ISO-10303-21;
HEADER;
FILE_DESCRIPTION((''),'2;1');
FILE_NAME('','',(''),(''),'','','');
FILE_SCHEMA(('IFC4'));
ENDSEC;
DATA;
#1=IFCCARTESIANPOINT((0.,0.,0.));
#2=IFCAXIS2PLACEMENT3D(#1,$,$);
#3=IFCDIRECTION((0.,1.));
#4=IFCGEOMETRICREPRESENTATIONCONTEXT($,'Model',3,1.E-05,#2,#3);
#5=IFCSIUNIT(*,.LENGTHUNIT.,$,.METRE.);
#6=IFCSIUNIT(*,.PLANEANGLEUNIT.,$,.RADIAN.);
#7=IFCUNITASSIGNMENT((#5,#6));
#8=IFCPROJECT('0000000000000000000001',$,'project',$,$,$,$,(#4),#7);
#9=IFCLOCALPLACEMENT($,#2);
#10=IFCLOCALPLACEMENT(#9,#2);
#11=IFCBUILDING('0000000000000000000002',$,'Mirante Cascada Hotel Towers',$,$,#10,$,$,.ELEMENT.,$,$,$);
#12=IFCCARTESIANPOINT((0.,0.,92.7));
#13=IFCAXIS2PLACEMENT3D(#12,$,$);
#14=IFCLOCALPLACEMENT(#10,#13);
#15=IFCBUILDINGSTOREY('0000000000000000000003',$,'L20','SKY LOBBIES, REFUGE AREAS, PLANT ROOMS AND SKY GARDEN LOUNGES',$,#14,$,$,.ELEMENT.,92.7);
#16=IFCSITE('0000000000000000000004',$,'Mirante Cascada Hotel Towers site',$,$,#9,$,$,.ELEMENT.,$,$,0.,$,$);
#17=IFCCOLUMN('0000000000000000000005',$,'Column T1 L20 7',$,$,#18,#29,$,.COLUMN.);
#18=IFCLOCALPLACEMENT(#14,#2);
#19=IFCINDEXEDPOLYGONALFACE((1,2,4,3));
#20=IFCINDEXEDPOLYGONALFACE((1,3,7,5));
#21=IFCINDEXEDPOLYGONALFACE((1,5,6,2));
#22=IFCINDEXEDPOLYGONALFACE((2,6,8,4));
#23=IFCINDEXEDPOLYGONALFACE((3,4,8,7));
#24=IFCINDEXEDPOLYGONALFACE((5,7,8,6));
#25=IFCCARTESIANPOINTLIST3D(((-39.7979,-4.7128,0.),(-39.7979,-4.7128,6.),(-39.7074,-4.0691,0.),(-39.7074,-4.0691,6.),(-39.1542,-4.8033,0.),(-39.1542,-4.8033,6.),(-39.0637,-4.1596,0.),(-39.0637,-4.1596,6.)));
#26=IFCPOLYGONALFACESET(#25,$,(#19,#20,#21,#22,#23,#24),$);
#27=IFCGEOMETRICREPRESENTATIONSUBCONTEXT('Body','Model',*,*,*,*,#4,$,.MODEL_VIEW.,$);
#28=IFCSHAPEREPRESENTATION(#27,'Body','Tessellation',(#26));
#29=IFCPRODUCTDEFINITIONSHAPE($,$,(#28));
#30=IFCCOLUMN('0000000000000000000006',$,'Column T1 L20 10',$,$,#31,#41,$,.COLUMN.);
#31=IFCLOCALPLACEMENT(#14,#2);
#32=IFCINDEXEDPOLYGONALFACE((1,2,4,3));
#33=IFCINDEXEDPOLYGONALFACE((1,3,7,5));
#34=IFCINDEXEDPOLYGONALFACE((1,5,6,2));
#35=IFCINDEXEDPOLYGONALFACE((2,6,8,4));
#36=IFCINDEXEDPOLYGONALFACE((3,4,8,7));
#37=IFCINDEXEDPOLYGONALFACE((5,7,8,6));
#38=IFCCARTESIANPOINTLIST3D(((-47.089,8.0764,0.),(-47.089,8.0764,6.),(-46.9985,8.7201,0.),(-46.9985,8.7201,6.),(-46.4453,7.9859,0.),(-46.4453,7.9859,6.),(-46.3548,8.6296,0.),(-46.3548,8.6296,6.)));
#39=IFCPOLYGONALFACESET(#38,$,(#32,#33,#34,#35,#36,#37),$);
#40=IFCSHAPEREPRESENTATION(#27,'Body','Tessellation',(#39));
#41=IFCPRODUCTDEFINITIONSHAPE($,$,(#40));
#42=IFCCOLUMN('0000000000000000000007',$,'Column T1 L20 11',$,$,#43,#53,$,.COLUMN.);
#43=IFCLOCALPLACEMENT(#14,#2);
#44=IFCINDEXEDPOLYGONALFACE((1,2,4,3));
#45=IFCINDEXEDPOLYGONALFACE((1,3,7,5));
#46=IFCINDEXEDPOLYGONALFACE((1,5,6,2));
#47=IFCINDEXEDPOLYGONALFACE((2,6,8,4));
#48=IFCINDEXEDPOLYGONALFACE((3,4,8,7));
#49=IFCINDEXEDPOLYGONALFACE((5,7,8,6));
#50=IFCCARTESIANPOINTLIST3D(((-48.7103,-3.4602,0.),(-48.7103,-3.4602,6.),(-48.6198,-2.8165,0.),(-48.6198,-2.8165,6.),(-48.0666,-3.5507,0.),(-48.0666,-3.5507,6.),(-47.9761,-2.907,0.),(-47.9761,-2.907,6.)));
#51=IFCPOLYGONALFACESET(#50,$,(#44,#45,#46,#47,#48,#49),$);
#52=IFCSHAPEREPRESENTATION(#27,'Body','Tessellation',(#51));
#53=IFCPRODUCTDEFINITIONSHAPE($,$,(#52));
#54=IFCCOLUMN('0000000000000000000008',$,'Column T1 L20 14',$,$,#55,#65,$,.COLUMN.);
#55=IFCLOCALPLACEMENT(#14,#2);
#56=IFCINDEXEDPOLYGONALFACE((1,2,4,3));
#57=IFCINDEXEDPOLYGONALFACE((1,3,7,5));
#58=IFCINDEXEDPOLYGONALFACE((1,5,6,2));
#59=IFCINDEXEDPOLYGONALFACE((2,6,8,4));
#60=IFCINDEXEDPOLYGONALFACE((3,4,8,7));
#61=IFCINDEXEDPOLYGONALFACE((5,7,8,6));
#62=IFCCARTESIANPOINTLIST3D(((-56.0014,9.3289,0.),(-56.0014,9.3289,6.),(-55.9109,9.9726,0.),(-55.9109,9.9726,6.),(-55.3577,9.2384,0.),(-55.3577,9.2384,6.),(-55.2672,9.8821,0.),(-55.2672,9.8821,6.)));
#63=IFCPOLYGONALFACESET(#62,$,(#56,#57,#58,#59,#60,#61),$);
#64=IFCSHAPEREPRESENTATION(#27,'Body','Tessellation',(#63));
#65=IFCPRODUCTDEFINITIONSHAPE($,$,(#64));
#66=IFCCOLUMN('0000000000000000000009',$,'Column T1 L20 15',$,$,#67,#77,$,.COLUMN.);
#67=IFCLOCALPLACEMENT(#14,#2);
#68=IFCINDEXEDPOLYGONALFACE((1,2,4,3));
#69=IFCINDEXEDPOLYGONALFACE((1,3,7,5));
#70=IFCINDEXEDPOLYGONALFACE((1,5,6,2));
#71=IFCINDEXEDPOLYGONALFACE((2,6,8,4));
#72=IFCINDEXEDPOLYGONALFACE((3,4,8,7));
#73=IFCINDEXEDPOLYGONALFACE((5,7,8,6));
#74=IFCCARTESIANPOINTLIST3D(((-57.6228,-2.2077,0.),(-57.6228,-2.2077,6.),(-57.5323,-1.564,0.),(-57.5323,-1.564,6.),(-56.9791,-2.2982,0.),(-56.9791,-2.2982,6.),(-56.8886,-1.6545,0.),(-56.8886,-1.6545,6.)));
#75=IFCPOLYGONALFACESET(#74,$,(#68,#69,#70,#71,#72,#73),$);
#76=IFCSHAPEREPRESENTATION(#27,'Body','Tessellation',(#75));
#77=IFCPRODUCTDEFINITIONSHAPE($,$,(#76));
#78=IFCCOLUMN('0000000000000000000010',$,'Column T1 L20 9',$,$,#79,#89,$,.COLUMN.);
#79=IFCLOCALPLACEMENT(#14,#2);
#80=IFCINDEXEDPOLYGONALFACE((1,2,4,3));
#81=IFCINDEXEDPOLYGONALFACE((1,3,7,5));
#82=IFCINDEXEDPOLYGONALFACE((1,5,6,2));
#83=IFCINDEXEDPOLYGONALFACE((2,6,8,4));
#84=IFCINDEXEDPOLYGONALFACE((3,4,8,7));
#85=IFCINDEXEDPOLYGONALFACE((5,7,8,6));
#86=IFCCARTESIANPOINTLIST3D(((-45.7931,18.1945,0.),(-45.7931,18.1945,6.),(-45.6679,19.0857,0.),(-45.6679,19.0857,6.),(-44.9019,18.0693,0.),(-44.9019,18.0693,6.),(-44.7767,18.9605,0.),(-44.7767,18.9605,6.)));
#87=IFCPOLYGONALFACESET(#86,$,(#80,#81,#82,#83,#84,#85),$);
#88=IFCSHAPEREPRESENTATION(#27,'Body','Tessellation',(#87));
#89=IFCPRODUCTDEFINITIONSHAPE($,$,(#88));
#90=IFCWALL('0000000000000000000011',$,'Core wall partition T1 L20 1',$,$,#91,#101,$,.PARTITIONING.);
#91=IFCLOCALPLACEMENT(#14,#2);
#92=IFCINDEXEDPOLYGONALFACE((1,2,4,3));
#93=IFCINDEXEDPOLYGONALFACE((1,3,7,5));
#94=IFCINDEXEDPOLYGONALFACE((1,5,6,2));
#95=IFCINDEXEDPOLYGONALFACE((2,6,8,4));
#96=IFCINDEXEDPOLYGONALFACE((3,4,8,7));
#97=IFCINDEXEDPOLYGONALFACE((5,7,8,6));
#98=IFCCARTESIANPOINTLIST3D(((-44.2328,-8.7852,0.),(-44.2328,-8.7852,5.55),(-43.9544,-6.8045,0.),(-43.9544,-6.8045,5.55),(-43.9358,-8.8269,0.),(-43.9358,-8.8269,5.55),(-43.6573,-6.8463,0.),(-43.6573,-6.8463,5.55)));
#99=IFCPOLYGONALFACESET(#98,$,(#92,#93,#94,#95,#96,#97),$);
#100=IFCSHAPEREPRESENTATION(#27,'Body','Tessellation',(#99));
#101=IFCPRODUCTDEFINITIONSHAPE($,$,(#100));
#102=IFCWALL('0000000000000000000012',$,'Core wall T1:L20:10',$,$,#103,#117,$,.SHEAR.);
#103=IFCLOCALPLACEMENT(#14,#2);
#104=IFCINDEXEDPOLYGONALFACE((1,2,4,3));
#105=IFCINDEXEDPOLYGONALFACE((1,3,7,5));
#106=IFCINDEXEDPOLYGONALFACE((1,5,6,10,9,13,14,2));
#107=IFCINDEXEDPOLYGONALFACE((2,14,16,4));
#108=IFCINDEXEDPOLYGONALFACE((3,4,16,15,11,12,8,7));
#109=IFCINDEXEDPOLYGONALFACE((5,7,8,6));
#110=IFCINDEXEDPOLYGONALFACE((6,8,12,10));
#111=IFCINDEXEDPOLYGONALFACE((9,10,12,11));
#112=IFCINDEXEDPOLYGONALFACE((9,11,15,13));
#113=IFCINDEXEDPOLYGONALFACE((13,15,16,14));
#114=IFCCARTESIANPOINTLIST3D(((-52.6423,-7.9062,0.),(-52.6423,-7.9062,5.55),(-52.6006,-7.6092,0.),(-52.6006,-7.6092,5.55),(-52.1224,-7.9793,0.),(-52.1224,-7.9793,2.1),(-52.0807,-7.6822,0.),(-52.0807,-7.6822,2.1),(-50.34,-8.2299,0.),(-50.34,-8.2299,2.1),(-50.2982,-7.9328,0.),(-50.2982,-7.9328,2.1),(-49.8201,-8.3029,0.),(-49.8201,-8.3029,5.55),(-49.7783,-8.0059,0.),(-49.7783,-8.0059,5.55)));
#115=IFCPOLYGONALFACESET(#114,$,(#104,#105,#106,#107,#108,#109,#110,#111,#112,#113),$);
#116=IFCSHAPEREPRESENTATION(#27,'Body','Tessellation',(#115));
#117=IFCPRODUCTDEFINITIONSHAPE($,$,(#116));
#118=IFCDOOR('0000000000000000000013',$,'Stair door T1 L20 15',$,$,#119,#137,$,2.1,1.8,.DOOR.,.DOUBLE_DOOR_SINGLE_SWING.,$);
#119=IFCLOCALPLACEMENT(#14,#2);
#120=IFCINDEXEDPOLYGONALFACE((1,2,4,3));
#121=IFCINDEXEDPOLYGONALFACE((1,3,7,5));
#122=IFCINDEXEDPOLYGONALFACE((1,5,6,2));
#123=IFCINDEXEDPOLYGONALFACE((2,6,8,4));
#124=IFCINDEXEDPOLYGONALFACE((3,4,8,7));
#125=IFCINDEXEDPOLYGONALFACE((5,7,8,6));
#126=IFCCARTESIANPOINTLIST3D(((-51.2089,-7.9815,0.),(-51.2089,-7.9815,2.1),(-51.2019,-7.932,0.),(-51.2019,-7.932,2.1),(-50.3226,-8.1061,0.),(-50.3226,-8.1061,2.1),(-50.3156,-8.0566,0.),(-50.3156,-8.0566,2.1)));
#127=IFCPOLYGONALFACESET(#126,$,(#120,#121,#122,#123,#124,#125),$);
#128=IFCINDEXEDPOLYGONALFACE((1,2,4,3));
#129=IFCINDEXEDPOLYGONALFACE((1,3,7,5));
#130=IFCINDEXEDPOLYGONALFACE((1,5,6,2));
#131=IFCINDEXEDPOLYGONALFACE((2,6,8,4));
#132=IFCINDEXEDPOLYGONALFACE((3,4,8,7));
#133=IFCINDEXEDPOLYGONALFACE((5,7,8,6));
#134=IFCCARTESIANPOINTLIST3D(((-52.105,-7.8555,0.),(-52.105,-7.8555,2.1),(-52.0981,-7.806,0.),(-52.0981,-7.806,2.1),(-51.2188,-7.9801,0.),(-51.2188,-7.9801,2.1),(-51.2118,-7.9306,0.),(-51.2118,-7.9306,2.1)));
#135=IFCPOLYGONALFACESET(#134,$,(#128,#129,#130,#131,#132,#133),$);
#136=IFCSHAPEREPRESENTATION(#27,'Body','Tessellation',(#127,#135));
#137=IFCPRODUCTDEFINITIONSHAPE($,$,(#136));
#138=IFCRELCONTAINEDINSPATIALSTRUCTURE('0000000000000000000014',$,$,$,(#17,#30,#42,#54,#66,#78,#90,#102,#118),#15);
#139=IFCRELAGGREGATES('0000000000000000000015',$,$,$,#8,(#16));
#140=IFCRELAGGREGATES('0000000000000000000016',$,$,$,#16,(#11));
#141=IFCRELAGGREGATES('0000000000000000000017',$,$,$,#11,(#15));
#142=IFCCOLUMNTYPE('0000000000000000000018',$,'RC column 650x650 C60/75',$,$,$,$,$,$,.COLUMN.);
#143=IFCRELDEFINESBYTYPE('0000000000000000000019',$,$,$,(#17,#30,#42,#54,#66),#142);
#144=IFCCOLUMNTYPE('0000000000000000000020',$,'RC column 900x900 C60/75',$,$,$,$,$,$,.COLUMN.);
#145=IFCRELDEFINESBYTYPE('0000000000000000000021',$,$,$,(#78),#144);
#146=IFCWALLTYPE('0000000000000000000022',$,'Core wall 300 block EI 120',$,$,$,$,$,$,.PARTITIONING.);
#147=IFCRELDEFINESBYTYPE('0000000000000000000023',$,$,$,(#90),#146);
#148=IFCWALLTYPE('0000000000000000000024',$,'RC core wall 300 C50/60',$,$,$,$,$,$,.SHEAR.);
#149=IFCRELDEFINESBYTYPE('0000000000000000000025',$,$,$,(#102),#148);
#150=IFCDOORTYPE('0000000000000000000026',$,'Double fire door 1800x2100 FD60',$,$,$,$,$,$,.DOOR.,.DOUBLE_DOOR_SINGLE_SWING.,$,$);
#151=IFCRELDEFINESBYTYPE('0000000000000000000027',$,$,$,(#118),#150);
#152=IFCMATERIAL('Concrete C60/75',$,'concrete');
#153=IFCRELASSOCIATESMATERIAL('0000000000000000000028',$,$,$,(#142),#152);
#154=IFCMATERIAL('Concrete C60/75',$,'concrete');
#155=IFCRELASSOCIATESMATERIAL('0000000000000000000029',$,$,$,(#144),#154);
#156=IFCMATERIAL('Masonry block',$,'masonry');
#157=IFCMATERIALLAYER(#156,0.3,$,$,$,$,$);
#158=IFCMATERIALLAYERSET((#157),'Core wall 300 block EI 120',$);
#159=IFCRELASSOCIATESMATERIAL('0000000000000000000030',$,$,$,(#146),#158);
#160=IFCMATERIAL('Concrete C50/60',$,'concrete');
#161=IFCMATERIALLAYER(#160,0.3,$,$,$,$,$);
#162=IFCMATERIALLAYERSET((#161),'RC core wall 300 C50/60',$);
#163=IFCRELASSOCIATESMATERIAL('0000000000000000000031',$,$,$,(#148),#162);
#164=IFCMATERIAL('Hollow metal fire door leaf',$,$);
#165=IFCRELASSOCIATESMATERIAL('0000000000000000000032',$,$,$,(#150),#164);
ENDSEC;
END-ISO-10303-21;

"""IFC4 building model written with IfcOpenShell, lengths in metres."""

from ifc_helpers import new_model, si_unit, direction, frame, frame_2d, origin, origin_2d, place, context, subcontext, project, spatial, rectangle, extrude, material, layer, layer_set, material_profile, profile_set, type_object, element, fill, save


model = new_model("IFC4")

# Units and contexts
model_context = context("Model", 3, precision=1e-05, world=origin(), true_north=direction((0.0, 1.0)))
body_context = subcontext(model_context, "Body", "Model", "MODEL_VIEW")
ifc_project = project(units=[si_unit("LENGTHUNIT", "METRE"), si_unit("PLANEANGLEUNIT", "RADIAN")], contexts=[model_context])

# Site, building, storey
site_placement = place(None, origin())
site = spatial("IfcSite", under=ifc_project, at=site_placement, Name="Mirante Cascada Hotel Towers site", CompositionType="ELEMENT", RefElevation=0.0)
building_placement = place(site_placement, origin())
building = spatial("IfcBuilding", under=site, at=building_placement, Name="Mirante Cascada Hotel Towers", CompositionType="ELEMENT")
storey_placement = place(building_placement, frame((0.0, 0.0, 92.7)))
storey = spatial("IfcBuildingStorey", under=building, at=storey_placement, Name="L20", Description="SKY LOBBIES, REFUGE AREAS, PLANT ROOMS AND SKY GARDEN LOUNGES", CompositionType="ELEMENT", Elevation=92.7)

# Columns
ifc_material_1 = material(Name="Concrete C60/75", Category="concrete")
ifc_material_profile_1 = material_profile(ifc_material_1, rectangle(XDim=0.65, YDim=0.65, at=origin_2d()), Name="RC column 650x650 C60/75")
ifc_profile_set_1 = profile_set([ifc_material_profile_1], Name="Concrete C60/75")
column_type_1 = type_object("IfcColumnType", Name="RC column 650x650 C60/75", PredefinedType="COLUMN", material=ifc_profile_set_1)
for number, where, z_axis, x_axis, name in (
    (1, (-39.4308, -4.4362, 0.0), (0.0, 0.0, 1.0), (-0.990268, 0.139173, 0.0), "Column T1 L20 7"),
    (2, (-46.7219, 8.353, 0.0), (0.0, 0.0, 1.0), (-0.990268, 0.139173, 0.0), "Column T1 L20 10"),
    (3, (-48.3432, -3.1836, 0.0), (0.0, 0.0, 1.0), (-0.990268, 0.139173, 0.0), "Column T1 L20 11"),
    (4, (-55.6343, 9.6055, 0.0), (0.0, 0.0, 1.0), (-0.990268, 0.139173, 0.0), "Column T1 L20 14"),
    (5, (-57.2557, -1.9311, 0.0), (0.0, 0.0, 1.0), (-0.990268, 0.139173, 0.0), "Column T1 L20 15"),
):
    element("IfcColumn", number, at=place(storey_placement, frame(where, z_axis=z_axis, x_axis=x_axis)), inside=storey, type_object=column_type_1, Name=name, PredefinedType="COLUMN", context=body_context, shape_type="SweptSolid", body=[
        extrude(rectangle(XDim=0.65, YDim=0.65, at=origin_2d()), origin(), (0.0, 0.0, 1.0), 6.0),
    ])
ifc_material_2 = material(Name="Concrete C60/75", Category="concrete")
ifc_material_profile_2 = material_profile(ifc_material_2, rectangle(XDim=0.9, YDim=0.9, at=origin_2d()), Name="RC column 900x900 C60/75")
ifc_profile_set_2 = profile_set([ifc_material_profile_2], Name="Concrete C60/75")
column_type_2 = type_object("IfcColumnType", Name="RC column 900x900 C60/75", PredefinedType="COLUMN", material=ifc_profile_set_2)
column_placement = place(storey_placement, frame((-45.2849, 18.5775, 0.0), z_axis=(0.0, 0.0, 1.0), x_axis=(-0.990268, 0.139173, 0.0)))
element("IfcColumn", 6, at=column_placement, inside=storey, type_object=column_type_2, Name="Column T1 L20 9", PredefinedType="COLUMN", context=body_context, shape_type="SweptSolid", body=[
    extrude(rectangle(XDim=0.9, YDim=0.9, at=origin_2d()), origin(), (0.0, 0.0, 1.0), 6.0),
])

# Wall
ifc_material_3 = material(Name="Masonry block", Category="masonry")
ifc_layer_1 = layer(ifc_material_3, 0.3)
ifc_layer_set_1 = layer_set([ifc_layer_1], Name="Core wall 300 block EI 120")
wall_type_1 = type_object("IfcWallType", Name="Core wall 300 block EI 120", PredefinedType="PARTITIONING", material=ifc_layer_set_1)
wall_1_placement = place(storey_placement, frame((-44.0843, -8.8061, 0.0), z_axis=(0.0, 0.0, 1.0), x_axis=(0.139195, 0.990265, 0.0)))
element("IfcWall", 7, at=wall_1_placement, inside=storey, type_object=wall_type_1, Name="Core wall partition T1 L20 1", PredefinedType="PARTITIONING", context=body_context, shape_type="SweptSolid", body=[
    extrude(rectangle(XDim=2.0001, YDim=0.3, at=frame_2d((1.0001, 0.0))), origin(), (0.0, 0.0, 1.0), 5.55),
])

# Wall, opening, door
ifc_material_4 = material(Name="Concrete C50/60", Category="concrete")
ifc_layer_2 = layer(ifc_material_4, 0.3)
ifc_layer_set_2 = layer_set([ifc_layer_2], Name="RC core wall 300 C50/60")
wall_type_2 = type_object("IfcWallType", Name="RC core wall 300 C50/60", PredefinedType="SHEAR", material=ifc_layer_set_2)
wall_2_placement = place(storey_placement, frame((-49.7992, -8.1544, 0.0), z_axis=(0.0, 0.0, 1.0), x_axis=(-0.990266, 0.139191, 0.0)))
wall_2 = element("IfcWall", 8, at=wall_2_placement, inside=storey, type_object=wall_type_2, Name="Core wall T1:L20:10", PredefinedType="SHEAR", context=body_context, shape_type="SweptSolid", body=[
    extrude(rectangle(XDim=2.85, YDim=0.3, at=frame_2d((1.425, 0.0))), origin(), (0.0, 0.0, 1.0), 5.55),
])
opening_1_placement = place(wall_2_placement, frame((0.525, 0.0, 0.0)))
opening_1 = element("IfcOpeningElement", 9, at=opening_1_placement, cuts=wall_2, PredefinedType="OPENING", context=body_context, shape_type="SweptSolid", body=[
    extrude(rectangle(XDim=1.8, YDim=2.1, at=frame_2d((0.9, 1.05))), frame((0.0, 0.15, 0.0), z_axis=(0.0, -1.0, 0.0), x_axis=(1.0, 0.0, 0.0)), (0.0, 0.0, 1.0), 0.3),
])
ifc_material_5 = material(Name="Hollow metal fire door leaf")
door_type_1 = type_object("IfcDoorType", Name="Double fire door 1800x2100 FD60", OperationType="DOUBLE_DOOR_SINGLE_SWING", PredefinedType="DOOR", material=ifc_material_5)
door_1_placement = place(opening_1_placement, origin())
door_1 = element("IfcDoor", 10, at=door_1_placement, inside=storey, type_object=door_type_1, Name="Stair door T1 L20 15", OperationType="DOUBLE_DOOR_SINGLE_SWING", OverallHeight=2.1, OverallWidth=1.8, PredefinedType="DOOR", context=body_context, shape_type="SweptSolid", body=[
    extrude(rectangle(XDim=0.895, YDim=2.1, at=frame_2d((0.4475, 1.05))), frame((0.0, 0.025, 0.0), z_axis=(0.0, -1.0, 0.0), x_axis=(1.0, 0.0, 0.0)), (0.0, 0.0, 1.0), 0.05),
    extrude(rectangle(XDim=0.895, YDim=2.1, at=frame_2d((1.3525, 1.05))), frame((0.0, 0.025, 0.0), z_axis=(0.0, -1.0, 0.0), x_axis=(1.0, 0.0, 0.0)), (0.0, 0.0, 1.0), 0.05),
])
fill(opening_1, door_1)

save(model, "model.ifc")
